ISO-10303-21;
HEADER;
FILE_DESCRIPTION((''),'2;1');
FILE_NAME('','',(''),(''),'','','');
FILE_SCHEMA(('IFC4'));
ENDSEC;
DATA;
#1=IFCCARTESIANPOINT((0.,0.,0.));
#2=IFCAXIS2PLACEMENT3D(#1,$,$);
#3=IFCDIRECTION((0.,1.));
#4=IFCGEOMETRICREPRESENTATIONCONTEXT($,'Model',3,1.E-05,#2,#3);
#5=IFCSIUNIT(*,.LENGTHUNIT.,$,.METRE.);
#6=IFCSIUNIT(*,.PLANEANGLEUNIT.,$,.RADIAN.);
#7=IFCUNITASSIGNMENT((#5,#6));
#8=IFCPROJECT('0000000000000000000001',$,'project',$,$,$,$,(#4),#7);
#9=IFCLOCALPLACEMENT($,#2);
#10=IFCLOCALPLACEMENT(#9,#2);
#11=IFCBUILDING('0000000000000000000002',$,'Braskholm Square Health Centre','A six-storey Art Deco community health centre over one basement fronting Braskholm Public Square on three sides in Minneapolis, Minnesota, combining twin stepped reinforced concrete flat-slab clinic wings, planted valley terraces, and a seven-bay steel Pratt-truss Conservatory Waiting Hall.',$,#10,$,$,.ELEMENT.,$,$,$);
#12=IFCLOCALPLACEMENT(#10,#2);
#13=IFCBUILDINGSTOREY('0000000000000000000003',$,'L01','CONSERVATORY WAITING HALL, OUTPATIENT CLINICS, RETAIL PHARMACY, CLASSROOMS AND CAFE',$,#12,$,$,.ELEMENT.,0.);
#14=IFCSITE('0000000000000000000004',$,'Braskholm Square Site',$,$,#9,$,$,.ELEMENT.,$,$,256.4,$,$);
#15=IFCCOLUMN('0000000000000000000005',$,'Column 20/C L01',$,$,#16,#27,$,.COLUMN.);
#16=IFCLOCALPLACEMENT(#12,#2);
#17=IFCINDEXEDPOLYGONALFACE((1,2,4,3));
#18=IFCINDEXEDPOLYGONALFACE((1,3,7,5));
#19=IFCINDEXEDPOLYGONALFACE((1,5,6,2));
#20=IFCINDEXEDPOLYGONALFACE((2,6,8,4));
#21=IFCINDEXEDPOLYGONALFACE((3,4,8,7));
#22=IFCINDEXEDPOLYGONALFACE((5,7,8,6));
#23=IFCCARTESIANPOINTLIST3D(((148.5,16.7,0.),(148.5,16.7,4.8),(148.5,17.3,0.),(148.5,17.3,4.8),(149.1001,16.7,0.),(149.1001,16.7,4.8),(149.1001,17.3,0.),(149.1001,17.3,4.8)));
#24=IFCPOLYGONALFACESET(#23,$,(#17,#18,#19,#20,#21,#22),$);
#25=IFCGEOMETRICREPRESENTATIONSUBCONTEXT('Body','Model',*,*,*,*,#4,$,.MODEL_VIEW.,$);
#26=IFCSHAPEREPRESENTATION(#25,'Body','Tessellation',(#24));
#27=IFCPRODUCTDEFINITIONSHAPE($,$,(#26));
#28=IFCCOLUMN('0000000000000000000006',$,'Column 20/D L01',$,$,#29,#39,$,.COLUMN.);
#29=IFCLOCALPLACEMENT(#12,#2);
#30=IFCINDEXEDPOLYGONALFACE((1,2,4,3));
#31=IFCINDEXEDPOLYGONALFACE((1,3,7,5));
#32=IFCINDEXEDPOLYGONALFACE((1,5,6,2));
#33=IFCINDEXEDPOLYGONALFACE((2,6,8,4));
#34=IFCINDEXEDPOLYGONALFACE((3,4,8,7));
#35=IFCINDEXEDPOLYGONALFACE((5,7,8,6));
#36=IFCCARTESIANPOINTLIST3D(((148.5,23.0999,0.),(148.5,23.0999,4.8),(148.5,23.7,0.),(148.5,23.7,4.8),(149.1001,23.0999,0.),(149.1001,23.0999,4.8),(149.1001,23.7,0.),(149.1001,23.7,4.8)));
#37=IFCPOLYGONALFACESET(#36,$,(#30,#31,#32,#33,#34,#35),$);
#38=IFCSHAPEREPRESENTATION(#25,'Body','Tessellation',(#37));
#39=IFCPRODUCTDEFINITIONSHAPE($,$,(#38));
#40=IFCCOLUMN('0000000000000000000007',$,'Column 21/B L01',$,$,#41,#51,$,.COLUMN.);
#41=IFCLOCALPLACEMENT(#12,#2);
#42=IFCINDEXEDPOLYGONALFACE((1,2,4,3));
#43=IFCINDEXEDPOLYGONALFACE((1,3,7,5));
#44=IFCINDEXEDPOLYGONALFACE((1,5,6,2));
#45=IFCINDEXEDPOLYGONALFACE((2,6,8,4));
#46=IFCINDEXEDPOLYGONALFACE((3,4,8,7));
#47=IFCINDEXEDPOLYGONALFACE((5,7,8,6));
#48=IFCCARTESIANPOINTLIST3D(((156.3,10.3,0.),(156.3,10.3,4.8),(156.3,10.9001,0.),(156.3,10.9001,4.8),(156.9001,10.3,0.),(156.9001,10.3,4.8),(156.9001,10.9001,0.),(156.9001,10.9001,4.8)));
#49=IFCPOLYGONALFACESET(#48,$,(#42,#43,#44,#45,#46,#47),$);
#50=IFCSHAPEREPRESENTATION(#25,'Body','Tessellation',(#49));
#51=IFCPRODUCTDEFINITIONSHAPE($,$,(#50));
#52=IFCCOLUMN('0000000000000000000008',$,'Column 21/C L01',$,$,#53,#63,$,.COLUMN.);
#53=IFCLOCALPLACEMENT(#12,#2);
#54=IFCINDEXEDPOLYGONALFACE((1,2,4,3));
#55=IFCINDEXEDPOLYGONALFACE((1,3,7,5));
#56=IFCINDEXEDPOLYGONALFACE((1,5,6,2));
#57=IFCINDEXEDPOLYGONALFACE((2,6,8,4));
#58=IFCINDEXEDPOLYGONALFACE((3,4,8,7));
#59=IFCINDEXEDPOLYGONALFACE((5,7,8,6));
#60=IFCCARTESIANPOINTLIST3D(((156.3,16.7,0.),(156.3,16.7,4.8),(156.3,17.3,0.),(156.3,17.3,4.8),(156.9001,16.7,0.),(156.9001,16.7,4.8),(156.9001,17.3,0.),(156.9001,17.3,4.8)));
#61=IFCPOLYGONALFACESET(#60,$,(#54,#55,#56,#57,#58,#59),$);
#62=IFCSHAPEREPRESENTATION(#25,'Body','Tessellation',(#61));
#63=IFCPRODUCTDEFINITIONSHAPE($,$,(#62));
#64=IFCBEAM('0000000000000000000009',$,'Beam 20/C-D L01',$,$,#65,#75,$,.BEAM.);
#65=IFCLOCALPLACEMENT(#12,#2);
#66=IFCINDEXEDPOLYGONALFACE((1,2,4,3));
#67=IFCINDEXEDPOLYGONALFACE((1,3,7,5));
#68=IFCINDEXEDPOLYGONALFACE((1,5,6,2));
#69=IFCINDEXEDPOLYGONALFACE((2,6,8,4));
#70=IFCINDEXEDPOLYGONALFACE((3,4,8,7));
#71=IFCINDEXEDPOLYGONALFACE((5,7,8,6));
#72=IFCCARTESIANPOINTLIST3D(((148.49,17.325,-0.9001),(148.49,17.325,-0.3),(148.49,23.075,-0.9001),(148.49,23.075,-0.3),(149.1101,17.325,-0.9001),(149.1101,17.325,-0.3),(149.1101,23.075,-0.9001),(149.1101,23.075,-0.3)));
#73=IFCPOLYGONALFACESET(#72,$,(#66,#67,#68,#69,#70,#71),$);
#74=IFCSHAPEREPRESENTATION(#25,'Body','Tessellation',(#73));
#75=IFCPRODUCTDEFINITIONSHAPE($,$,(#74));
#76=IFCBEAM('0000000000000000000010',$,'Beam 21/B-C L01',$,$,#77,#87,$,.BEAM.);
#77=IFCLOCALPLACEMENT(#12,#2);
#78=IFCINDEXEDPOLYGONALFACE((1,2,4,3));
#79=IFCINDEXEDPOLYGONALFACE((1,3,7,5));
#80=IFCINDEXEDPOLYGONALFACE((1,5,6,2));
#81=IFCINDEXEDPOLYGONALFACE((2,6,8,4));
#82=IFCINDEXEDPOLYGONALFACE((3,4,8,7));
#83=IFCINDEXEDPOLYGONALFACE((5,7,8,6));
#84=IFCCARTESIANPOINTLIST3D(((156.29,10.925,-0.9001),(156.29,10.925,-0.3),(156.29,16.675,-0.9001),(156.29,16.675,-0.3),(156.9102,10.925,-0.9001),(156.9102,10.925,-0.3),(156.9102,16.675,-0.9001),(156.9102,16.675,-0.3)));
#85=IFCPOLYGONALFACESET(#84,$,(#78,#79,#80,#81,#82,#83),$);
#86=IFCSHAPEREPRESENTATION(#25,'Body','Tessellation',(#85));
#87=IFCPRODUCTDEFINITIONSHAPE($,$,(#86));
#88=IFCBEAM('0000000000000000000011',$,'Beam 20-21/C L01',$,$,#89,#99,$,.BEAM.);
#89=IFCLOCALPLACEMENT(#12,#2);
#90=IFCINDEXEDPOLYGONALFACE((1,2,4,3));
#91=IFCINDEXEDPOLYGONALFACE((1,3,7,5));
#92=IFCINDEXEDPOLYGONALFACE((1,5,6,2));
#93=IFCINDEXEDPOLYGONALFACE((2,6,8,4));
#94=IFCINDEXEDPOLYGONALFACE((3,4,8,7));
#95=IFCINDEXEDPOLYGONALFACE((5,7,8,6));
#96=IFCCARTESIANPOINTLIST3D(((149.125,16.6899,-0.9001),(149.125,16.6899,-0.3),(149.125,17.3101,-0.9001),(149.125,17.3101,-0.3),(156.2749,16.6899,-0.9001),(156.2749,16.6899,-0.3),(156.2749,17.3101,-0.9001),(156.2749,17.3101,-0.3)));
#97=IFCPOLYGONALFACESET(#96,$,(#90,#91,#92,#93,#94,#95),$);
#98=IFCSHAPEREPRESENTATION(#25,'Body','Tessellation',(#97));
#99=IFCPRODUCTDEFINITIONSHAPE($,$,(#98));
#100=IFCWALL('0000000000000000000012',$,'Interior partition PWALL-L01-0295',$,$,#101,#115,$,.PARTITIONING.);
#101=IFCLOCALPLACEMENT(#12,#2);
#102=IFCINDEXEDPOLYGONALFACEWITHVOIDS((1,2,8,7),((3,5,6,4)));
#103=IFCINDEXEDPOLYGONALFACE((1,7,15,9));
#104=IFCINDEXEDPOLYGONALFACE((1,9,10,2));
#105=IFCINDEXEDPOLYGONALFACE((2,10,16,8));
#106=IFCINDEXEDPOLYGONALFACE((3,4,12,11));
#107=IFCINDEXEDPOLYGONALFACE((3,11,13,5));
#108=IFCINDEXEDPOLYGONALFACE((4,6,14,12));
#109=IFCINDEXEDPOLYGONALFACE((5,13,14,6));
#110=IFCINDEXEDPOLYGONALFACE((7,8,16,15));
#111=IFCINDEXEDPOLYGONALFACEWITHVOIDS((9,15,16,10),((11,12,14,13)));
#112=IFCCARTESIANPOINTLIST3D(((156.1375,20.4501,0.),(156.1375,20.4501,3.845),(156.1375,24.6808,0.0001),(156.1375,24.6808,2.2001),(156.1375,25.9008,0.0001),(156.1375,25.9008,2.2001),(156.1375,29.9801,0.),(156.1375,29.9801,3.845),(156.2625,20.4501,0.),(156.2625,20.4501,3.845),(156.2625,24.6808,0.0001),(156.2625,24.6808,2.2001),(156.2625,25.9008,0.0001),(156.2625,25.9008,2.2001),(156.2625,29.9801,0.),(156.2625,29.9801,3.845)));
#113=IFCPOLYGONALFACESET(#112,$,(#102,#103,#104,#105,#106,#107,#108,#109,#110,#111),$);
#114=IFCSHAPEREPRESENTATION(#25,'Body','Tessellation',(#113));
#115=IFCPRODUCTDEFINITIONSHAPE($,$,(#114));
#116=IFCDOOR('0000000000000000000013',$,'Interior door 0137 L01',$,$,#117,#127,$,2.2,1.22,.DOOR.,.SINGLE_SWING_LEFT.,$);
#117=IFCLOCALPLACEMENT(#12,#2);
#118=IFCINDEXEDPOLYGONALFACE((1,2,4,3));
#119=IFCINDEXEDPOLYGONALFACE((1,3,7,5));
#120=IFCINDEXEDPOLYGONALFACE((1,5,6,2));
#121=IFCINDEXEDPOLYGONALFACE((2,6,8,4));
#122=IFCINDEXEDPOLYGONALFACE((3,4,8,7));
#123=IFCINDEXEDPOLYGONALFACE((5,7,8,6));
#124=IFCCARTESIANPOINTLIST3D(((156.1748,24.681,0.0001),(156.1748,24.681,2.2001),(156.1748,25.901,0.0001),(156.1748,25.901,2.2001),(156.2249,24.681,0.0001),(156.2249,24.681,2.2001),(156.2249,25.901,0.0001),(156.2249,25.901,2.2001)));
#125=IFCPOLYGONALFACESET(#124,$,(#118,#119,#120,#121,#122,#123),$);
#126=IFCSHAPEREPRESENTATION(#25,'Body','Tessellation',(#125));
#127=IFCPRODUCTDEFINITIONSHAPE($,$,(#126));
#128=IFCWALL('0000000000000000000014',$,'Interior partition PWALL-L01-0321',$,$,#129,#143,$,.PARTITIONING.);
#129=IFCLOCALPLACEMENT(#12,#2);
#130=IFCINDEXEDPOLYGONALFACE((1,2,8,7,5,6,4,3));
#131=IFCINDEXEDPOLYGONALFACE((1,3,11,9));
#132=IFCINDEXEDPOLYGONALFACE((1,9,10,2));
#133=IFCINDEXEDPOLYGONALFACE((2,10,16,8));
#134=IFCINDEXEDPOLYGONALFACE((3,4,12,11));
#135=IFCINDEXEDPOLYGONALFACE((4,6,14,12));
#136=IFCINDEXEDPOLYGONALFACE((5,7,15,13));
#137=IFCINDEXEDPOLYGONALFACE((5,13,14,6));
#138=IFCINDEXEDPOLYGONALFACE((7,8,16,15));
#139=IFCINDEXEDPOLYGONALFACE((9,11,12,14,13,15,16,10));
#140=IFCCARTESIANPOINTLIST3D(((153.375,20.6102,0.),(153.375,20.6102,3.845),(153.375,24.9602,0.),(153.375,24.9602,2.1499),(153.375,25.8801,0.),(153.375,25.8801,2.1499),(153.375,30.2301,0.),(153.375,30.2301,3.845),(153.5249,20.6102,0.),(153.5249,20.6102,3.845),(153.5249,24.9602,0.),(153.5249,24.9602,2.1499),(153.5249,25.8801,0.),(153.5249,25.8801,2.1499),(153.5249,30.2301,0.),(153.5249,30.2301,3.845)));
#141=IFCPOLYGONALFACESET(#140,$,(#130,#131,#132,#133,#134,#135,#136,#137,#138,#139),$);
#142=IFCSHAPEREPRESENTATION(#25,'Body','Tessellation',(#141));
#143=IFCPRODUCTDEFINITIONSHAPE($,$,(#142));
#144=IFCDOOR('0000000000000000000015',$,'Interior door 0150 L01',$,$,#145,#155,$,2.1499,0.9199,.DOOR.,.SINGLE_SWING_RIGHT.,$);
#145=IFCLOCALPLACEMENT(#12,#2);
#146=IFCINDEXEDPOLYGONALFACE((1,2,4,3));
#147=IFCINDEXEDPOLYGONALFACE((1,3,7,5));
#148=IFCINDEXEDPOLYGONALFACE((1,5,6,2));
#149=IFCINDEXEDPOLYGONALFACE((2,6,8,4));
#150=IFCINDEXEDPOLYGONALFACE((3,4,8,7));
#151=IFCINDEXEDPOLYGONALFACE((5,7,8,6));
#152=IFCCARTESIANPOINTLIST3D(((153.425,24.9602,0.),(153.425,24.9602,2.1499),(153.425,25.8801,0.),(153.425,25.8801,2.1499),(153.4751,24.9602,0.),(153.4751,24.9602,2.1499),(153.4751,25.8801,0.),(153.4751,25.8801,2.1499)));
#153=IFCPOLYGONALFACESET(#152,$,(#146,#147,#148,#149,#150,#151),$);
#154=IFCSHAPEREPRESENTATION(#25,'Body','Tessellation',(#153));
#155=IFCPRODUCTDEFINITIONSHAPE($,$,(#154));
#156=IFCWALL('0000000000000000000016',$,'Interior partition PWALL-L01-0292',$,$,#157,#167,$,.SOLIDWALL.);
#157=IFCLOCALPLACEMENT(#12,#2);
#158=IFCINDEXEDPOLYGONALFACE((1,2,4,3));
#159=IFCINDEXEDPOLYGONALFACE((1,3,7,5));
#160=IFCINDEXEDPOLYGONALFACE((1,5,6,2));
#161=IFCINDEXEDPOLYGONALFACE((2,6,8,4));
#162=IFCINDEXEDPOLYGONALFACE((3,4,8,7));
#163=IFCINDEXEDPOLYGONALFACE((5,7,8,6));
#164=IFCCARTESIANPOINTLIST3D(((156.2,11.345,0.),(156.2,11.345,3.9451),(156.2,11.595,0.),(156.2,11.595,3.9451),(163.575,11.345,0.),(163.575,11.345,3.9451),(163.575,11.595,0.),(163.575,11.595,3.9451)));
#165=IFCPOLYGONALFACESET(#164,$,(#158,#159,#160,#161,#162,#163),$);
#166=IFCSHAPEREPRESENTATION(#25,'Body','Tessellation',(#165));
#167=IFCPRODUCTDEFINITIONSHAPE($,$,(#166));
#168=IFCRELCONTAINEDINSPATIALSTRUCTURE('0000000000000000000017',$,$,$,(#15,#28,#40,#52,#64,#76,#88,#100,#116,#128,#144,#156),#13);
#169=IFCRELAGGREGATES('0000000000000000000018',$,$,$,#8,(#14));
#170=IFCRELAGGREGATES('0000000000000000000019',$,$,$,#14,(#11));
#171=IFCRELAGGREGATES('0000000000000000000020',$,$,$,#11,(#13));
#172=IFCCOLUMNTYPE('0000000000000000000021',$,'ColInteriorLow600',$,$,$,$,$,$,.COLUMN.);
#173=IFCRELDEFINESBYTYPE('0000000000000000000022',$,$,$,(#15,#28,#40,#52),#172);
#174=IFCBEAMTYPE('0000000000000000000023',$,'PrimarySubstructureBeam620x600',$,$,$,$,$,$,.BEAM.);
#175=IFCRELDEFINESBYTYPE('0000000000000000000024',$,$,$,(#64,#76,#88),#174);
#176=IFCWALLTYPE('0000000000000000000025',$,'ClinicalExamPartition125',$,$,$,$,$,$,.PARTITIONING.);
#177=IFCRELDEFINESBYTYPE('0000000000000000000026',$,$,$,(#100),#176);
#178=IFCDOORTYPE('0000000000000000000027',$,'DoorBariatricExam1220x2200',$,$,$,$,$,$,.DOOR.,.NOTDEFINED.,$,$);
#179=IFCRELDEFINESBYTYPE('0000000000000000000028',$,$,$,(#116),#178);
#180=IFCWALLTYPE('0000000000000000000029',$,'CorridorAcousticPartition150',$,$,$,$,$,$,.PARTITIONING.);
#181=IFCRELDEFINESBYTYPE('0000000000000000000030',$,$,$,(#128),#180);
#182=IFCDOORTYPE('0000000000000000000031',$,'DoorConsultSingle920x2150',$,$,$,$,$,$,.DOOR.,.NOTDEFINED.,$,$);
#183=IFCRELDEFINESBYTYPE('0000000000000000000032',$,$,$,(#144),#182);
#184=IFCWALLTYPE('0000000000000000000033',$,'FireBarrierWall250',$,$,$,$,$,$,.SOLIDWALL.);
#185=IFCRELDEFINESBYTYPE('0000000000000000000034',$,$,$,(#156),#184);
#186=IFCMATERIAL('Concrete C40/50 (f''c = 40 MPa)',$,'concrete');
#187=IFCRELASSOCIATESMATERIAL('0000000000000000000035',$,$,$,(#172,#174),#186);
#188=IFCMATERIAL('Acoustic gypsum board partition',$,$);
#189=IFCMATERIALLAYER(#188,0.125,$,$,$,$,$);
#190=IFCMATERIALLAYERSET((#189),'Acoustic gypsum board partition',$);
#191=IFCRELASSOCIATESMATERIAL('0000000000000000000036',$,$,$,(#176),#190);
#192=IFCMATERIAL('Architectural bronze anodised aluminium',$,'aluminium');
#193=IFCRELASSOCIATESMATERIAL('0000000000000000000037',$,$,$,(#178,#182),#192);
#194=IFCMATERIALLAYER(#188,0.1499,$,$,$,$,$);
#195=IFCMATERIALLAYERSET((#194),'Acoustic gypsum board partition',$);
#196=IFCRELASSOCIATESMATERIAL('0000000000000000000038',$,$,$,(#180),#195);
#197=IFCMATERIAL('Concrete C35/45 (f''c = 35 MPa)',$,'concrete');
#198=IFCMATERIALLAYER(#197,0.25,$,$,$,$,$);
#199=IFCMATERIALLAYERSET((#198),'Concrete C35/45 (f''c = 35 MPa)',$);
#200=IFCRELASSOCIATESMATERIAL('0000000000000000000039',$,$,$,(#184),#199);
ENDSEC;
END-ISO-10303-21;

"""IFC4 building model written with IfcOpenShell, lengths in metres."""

from ifc_helpers import new_model, si_unit, direction, frame, frame_2d, origin, origin_with_axes, origin_2d, place, context, subcontext, project, spatial, rectangle, extrude, material, layer, layer_set, material_profile, profile_set, type_object, element, fill, save


model = new_model("IFC4")

# Units and contexts
model_context = context("Model", 3, precision=1e-05, world=origin(), true_north=direction((0.0, 1.0)))
body_context = subcontext(model_context, "Body", "Model", "MODEL_VIEW")
ifc_project = project(units=[si_unit("LENGTHUNIT", "METRE"), si_unit("PLANEANGLEUNIT", "RADIAN")], contexts=[model_context])

# Site, building, storey
site_placement = place(None, origin())
site = spatial("IfcSite", under=ifc_project, at=site_placement, Name="Braskholm Square Site", CompositionType="ELEMENT", RefElevation=256.4)
building_placement = place(site_placement, origin())
building = spatial("IfcBuilding", under=site, at=building_placement, Name="Braskholm Square Health Centre", Description="A six-storey Art Deco community health centre over one basement fronting Braskholm Public Square on three sides in Minneapolis, Minnesota, combining twin stepped reinforced concrete flat-slab clinic wings, planted valley terraces, and a seven-bay steel Pratt-truss Conservatory Waiting Hall.", CompositionType="ELEMENT")
storey_placement = place(building_placement, origin())
storey = spatial("IfcBuildingStorey", under=building, at=storey_placement, Name="L01", Description="CONSERVATORY WAITING HALL, OUTPATIENT CLINICS, RETAIL PHARMACY, CLASSROOMS AND CAFE", CompositionType="ELEMENT", Elevation=0.0)

# Columns
ifc_material_1 = material(Name="Concrete C40/50 (f'c = 40 MPa)", Category="concrete")
ifc_material_profile_1 = material_profile(ifc_material_1, rectangle(XDim=0.6001, YDim=0.6001, at=origin_2d()), Name="RC-600X600")
ifc_profile_set_1 = profile_set([ifc_material_profile_1], Name="Concrete C40/50 (f'c = 40 MPa)")
column_type = type_object("IfcColumnType", Name="ColInteriorLow600", PredefinedType="COLUMN", material=ifc_profile_set_1)
for number, where, z_axis, x_axis, name in (
    (1, (148.8, 17.0, 0.0), (0.0, 0.0, 1.0), (1.0, 0.0, 0.0), "Column 20/C L01"),
    (2, (148.8, 23.3999, 0.0), (0.0, 0.0, 1.0), (1.0, 0.0, 0.0), "Column 20/D L01"),
    (3, (156.6001, 10.6001, 0.0), (0.0, 0.0, 1.0), (1.0, 0.0, 0.0), "Column 21/B L01"),
    (4, (156.6001, 17.0, 0.0), (0.0, 0.0, 1.0), (1.0, 0.0, 0.0), "Column 21/C L01"),
):
    element("IfcColumn", number, at=place(storey_placement, frame(where, z_axis=z_axis, x_axis=x_axis)), inside=storey, type_object=column_type, Name=name, PredefinedType="COLUMN", context=body_context, shape_type="SweptSolid", body=[
        extrude(rectangle(XDim=0.6001, YDim=0.6001, at=origin_2d()), origin(), (0.0, 0.0, 1.0), 4.8),
    ])

# Beams
ifc_material_profile_2 = material_profile(ifc_material_1, rectangle(XDim=0.6201, YDim=0.6001, at=origin_2d()), Name="RCB-620X600")
ifc_profile_set_2 = profile_set([ifc_material_profile_2], Name="Concrete C40/50 (f'c = 40 MPa)")
beam_type = type_object("IfcBeamType", Name="PrimarySubstructureBeam620x600", PredefinedType="BEAM", material=ifc_profile_set_2)
for number, where, z_axis, x_axis, name in (
    (5, (148.8, 17.325, -0.6001), (0.0, 1.0, 0.0), (-1.0, 0.0, 0.0), "Beam 20/C-D L01"),
    (6, (156.6001, 10.925, -0.6001), (0.0, 1.0, 0.0), (-1.0, 0.0, 0.0), "Beam 21/B-C L01"),
):
    element("IfcBeam", number, at=place(storey_placement, frame(where, z_axis=z_axis, x_axis=x_axis)), inside=storey, type_object=beam_type, Name=name, PredefinedType="BEAM", context=body_context, shape_type="SweptSolid", body=[
        extrude(rectangle(XDim=0.6201, YDim=0.6001, at=origin_2d()), origin(), (0.0, 0.0, 1.0), 5.75),
    ])
beam_placement = place(storey_placement, frame((149.125, 17.0, -0.6001), z_axis=(1.0, 0.0, 0.0), x_axis=(0.0, 1.0, 0.0)))
element("IfcBeam", 7, at=beam_placement, inside=storey, type_object=beam_type, Name="Beam 20-21/C L01", PredefinedType="BEAM", context=body_context, shape_type="SweptSolid", body=[
    extrude(rectangle(XDim=0.6201, YDim=0.6001, at=origin_2d()), origin(), (0.0, 0.0, 1.0), 7.1499),
])

# Walls, openings, doors
ifc_material_2 = material(Name="Acoustic gypsum board partition")
ifc_layer_1 = layer(ifc_material_2, 0.125)
ifc_layer_set_1 = layer_set([ifc_layer_1], Name="Acoustic gypsum board partition")
wall_type_1 = type_object("IfcWallType", Name="ClinicalExamPartition125", PredefinedType="PARTITIONING", material=ifc_layer_set_1)
wall_1_placement = place(storey_placement, frame((156.2, 20.45, 0.0), z_axis=(0.0, 0.0, 1.0), x_axis=(0.0, 1.0, 0.0)))
wall_1 = element("IfcWall", 8, at=wall_1_placement, inside=storey, type_object=wall_type_1, Name="Interior partition PWALL-L01-0295", PredefinedType="PARTITIONING", context=body_context, shape_type="SweptSolid", body=[
    extrude(rectangle(XDim=9.53, YDim=0.125, at=frame_2d((4.7651, 0.0))), origin(), (0.0, 0.0, 1.0), 3.845),
])
opening_1_placement = place(wall_1_placement, frame((4.231, 0.0, 0.0)))
opening_1 = element("IfcOpeningElement", 9, at=opening_1_placement, cuts=wall_1, PredefinedType="OPENING", context=body_context, shape_type="SweptSolid", body=[
    extrude(rectangle(XDim=1.22, YDim=2.2, at=frame_2d((0.6099, 1.1001))), frame((0.0, 0.0725, 0.0), z_axis=(0.0, -1.0, 0.0), x_axis=(1.0, 0.0, 0.0)), (0.0, 0.0, 1.0), 0.145),
])
ifc_material_3 = material(Name="Architectural bronze anodised aluminium", Category="aluminium")
door_type_1 = type_object("IfcDoorType", Name="DoorBariatricExam1220x2200", OperationType="NOTDEFINED", PredefinedType="DOOR", material=ifc_material_3)
door_1_placement = place(opening_1_placement, frame((1.22, 0.0, 0.0), z_axis=(0.0, 0.0, 1.0), x_axis=(-1.0, 0.0, 0.0)))
door_1 = element("IfcDoor", 10, at=door_1_placement, inside=storey, type_object=door_type_1, Name="Interior door 0137 L01", OperationType="SINGLE_SWING_LEFT", OverallHeight=2.2, OverallWidth=1.22, PredefinedType="DOOR", context=body_context, shape_type="SweptSolid", body=[
    extrude(rectangle(XDim=1.22, YDim=2.2, at=frame_2d((0.6099, 1.1001))), frame((0.0, 0.0249, 0.0), z_axis=(0.0, -1.0, 0.0), x_axis=(1.0, 0.0, 0.0)), (0.0, 0.0, 1.0), 0.05),
])
fill(opening_1, door_1)
ifc_layer_2 = layer(ifc_material_2, 0.1499)
ifc_layer_set_2 = layer_set([ifc_layer_2], Name="Acoustic gypsum board partition")
wall_type_2 = type_object("IfcWallType", Name="CorridorAcousticPartition150", PredefinedType="PARTITIONING", material=ifc_layer_set_2)
wall_2_placement = place(storey_placement, frame((153.45, 20.6101, 0.0), z_axis=(0.0, 0.0, 1.0), x_axis=(0.0, 1.0, 0.0)))
wall_2 = element("IfcWall", 11, at=wall_2_placement, inside=storey, type_object=wall_type_2, Name="Interior partition PWALL-L01-0321", PredefinedType="PARTITIONING", context=body_context, shape_type="SweptSolid", body=[
    extrude(rectangle(XDim=9.6199, YDim=0.1499, at=frame_2d((4.8101, 0.0))), origin(), (0.0, 0.0, 1.0), 3.845),
])
opening_2_placement = place(wall_2_placement, frame((4.3501, 0.0, 0.0)))
opening_2 = element("IfcOpeningElement", 12, at=opening_2_placement, cuts=wall_2, PredefinedType="OPENING", context=body_context, shape_type="SweptSolid", body=[
    extrude(rectangle(XDim=0.9199, YDim=2.1499, at=frame_2d((0.46, 1.075))), frame((0.0, 0.085, 0.0), z_axis=(0.0, -1.0, 0.0), x_axis=(1.0, 0.0, 0.0)), (0.0, 0.0, 1.0), 0.1699),
])
door_type_2 = type_object("IfcDoorType", Name="DoorConsultSingle920x2150", OperationType="NOTDEFINED", PredefinedType="DOOR", material=ifc_material_3)
door_2_placement = place(opening_2_placement, origin_with_axes())
door_2 = element("IfcDoor", 13, at=door_2_placement, inside=storey, type_object=door_type_2, Name="Interior door 0150 L01", OperationType="SINGLE_SWING_RIGHT", OverallHeight=2.1499, OverallWidth=0.9199, PredefinedType="DOOR", context=body_context, shape_type="SweptSolid", body=[
    extrude(rectangle(XDim=0.9199, YDim=2.1499, at=frame_2d((0.46, 1.075))), frame((0.0, 0.0249, 0.0), z_axis=(0.0, -1.0, 0.0), x_axis=(1.0, 0.0, 0.0)), (0.0, 0.0, 1.0), 0.05),
])
fill(opening_2, door_2)

# Wall
ifc_material_4 = material(Name="Concrete C35/45 (f'c = 35 MPa)", Category="concrete")
ifc_layer_3 = layer(ifc_material_4, 0.25)
ifc_layer_set_3 = layer_set([ifc_layer_3], Name="Concrete C35/45 (f'c = 35 MPa)")
wall_type_3 = type_object("IfcWallType", Name="FireBarrierWall250", PredefinedType="SOLIDWALL", material=ifc_layer_set_3)
wall_3_placement = place(storey_placement, frame((156.2, 11.47, 0.0), z_axis=(0.0, 0.0, 1.0), x_axis=(1.0, 0.0, 0.0)))
element("IfcWall", 14, at=wall_3_placement, inside=storey, type_object=wall_type_3, Name="Interior partition PWALL-L01-0292", PredefinedType="SOLIDWALL", context=body_context, shape_type="SweptSolid", body=[
    extrude(rectangle(XDim=7.375, YDim=0.25, at=frame_2d((3.6875, 0.0))), origin(), (0.0, 0.0, 1.0), 3.9451),
])

save(model, "model.ifc")
